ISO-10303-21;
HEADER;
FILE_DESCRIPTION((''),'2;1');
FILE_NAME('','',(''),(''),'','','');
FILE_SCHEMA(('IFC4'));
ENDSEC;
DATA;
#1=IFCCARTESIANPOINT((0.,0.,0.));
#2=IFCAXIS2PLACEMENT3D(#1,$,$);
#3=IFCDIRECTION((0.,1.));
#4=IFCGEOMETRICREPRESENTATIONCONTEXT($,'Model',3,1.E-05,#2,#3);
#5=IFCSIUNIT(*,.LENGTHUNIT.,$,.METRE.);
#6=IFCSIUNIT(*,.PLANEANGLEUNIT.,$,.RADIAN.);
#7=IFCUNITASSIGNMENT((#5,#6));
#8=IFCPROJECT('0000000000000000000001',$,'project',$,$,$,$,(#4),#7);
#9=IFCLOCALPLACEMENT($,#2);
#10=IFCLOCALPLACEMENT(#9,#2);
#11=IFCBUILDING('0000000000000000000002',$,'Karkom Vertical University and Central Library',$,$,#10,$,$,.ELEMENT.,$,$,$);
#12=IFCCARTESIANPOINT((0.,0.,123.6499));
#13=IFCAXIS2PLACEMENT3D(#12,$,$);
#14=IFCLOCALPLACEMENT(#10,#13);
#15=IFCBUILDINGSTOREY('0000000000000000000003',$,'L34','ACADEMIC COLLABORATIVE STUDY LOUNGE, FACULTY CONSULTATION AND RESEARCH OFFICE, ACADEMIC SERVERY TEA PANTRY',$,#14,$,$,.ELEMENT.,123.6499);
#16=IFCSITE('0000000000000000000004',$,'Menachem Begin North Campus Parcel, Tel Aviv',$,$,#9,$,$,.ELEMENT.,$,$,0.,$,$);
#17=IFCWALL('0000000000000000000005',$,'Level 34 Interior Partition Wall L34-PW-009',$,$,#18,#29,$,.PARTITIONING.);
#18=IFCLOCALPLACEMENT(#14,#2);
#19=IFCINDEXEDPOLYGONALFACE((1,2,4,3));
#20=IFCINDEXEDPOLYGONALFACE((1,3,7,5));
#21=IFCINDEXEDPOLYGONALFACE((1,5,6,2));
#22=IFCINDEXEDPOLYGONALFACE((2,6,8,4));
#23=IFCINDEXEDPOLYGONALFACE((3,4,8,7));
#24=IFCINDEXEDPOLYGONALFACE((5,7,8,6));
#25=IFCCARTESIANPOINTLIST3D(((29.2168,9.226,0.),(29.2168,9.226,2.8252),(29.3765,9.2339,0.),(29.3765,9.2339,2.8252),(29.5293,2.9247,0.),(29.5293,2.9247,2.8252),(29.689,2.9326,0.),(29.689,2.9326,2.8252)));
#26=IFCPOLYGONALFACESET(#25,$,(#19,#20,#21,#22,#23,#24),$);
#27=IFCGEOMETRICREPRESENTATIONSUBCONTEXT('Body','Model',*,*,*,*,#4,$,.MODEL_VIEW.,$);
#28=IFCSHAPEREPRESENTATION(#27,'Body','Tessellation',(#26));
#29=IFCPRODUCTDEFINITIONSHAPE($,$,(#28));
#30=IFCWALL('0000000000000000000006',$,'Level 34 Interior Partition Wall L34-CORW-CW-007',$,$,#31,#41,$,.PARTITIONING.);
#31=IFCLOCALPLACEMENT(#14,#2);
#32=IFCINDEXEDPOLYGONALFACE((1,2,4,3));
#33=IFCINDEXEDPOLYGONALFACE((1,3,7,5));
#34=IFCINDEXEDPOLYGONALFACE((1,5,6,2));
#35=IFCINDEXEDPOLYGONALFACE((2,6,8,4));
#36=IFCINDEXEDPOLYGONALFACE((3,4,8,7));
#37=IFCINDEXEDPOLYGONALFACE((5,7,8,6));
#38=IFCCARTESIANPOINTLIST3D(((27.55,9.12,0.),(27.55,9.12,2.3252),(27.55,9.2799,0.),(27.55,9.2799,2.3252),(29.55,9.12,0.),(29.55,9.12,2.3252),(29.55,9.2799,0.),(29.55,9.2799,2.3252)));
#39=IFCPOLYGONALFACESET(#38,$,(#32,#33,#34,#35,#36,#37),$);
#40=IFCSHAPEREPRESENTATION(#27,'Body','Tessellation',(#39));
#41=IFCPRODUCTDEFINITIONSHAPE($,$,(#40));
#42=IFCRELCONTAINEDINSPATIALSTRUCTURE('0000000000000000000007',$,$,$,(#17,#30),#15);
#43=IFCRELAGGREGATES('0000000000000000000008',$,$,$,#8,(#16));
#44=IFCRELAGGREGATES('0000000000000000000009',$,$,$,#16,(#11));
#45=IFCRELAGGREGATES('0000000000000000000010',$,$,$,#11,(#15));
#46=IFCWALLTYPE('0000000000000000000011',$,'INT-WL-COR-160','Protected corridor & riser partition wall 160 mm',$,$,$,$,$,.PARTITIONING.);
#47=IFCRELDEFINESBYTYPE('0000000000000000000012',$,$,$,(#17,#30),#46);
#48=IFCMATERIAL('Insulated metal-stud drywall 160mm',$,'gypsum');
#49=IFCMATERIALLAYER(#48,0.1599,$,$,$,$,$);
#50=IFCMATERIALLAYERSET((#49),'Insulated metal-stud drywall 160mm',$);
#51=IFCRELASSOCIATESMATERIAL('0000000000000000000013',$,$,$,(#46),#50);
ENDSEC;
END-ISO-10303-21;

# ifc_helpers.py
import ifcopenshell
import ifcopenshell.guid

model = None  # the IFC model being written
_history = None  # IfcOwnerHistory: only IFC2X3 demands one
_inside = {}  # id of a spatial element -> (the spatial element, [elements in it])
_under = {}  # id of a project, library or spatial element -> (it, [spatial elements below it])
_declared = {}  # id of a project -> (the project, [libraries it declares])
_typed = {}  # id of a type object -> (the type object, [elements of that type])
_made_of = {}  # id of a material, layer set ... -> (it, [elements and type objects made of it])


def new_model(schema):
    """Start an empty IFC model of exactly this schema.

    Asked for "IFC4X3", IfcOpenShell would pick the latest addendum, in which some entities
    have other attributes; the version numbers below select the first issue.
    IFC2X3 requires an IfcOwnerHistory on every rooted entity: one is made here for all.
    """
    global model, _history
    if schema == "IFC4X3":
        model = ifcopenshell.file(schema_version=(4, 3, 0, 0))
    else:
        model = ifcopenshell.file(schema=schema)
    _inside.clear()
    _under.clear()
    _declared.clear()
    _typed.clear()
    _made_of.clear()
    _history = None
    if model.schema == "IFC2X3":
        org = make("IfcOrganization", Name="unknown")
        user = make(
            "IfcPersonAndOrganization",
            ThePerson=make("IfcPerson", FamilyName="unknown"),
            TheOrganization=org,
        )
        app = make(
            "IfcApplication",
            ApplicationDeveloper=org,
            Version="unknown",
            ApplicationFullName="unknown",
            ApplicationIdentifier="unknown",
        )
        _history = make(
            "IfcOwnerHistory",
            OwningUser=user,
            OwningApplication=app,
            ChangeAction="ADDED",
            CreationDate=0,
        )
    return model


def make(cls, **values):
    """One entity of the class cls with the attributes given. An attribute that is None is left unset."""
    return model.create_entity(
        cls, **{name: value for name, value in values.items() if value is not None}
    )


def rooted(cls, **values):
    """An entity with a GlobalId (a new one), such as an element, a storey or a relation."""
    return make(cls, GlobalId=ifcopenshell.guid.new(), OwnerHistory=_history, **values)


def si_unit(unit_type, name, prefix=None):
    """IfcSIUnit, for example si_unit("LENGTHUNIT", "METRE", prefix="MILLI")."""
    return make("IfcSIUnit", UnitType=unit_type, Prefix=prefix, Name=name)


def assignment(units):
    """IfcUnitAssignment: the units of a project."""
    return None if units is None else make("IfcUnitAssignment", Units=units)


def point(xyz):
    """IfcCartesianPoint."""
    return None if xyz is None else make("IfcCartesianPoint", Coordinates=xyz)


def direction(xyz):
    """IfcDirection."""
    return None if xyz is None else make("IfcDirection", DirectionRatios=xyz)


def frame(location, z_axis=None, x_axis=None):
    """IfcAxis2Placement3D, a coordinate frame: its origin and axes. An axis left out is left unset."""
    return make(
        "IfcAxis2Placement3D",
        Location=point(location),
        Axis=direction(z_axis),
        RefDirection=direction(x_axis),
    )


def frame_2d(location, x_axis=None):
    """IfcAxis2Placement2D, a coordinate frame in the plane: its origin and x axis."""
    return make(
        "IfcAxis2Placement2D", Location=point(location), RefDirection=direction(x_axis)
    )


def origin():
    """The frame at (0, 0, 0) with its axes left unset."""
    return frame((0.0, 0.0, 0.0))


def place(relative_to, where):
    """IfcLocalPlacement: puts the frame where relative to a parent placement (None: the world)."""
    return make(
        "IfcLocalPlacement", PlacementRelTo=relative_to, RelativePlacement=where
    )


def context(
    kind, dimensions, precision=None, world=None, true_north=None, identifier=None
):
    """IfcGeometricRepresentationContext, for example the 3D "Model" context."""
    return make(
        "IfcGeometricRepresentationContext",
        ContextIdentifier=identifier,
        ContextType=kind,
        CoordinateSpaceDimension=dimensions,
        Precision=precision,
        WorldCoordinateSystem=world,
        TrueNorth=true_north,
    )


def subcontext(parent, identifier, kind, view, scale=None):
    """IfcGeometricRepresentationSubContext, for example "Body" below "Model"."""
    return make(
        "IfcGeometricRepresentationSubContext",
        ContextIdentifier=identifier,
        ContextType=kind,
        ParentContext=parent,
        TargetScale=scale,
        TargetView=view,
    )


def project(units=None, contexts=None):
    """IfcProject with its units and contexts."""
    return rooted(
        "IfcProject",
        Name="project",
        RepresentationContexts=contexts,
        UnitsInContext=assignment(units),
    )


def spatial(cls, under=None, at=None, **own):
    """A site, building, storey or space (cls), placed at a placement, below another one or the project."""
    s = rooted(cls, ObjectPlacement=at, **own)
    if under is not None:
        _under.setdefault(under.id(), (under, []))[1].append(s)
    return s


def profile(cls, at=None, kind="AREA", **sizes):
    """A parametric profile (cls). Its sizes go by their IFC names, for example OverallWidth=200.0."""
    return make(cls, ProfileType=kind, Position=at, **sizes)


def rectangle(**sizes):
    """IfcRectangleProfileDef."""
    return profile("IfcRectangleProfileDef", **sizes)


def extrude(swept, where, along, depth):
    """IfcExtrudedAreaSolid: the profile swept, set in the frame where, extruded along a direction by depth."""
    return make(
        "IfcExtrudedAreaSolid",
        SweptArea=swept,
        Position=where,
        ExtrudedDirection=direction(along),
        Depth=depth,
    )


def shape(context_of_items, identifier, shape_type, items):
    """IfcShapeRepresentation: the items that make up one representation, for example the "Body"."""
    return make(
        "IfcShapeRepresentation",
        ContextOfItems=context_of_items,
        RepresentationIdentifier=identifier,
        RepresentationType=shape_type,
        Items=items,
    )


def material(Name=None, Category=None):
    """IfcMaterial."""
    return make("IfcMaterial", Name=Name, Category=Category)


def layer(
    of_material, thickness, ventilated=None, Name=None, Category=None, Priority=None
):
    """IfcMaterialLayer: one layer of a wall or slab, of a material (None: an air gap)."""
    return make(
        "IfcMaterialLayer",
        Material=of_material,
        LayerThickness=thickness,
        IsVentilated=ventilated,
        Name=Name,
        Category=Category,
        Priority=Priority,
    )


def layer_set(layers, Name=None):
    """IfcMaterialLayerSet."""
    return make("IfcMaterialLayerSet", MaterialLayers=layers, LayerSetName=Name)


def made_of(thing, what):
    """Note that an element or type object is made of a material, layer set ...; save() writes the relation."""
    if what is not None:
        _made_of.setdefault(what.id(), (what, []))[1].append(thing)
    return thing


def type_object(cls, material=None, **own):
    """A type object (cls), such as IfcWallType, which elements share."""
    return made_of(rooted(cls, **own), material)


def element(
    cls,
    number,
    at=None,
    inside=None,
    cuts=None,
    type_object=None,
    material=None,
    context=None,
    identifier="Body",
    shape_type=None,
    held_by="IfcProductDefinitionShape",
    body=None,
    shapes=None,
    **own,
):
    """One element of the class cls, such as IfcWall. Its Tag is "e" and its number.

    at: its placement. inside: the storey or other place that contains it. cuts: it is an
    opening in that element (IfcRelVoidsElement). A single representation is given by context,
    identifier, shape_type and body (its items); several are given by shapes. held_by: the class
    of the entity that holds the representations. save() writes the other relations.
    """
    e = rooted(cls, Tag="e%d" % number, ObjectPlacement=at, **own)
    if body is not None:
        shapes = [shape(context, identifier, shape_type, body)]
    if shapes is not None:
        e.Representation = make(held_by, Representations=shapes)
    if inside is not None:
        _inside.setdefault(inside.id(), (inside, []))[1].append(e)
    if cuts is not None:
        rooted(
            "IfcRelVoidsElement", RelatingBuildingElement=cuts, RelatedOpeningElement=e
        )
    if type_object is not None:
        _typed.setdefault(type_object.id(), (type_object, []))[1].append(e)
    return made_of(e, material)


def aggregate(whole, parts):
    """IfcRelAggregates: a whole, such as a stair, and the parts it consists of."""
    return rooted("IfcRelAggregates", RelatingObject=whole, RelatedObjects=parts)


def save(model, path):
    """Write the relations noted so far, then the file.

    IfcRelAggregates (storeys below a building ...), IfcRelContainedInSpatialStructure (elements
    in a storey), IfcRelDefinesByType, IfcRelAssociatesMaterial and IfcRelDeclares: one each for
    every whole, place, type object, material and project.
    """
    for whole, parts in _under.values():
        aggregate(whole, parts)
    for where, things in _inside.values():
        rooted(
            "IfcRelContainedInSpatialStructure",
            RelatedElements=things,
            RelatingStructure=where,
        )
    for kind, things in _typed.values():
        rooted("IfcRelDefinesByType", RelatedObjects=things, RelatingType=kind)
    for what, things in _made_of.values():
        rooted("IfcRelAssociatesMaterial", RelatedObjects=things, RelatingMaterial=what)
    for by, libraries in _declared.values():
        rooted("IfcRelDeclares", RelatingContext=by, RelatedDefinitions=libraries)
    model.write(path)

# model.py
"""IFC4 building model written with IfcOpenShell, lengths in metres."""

from ifc_helpers import new_model, si_unit, direction, frame, frame_2d, origin, place, context, subcontext, project, spatial, rectangle, extrude, material, layer, layer_set, type_object, element, save


model = new_model("IFC4")

# Units and contexts
model_context = context("Model", 3, precision=1e-05, world=origin(), true_north=direction((0.0, 1.0)))
body_context = subcontext(model_context, "Body", "Model", "MODEL_VIEW")
ifc_project = project(units=[si_unit("LENGTHUNIT", "METRE"), si_unit("PLANEANGLEUNIT", "RADIAN")], contexts=[model_context])

# Site, building, storey
site_placement = place(None, origin())
site = spatial("IfcSite", under=ifc_project, at=site_placement, Name="Menachem Begin North Campus Parcel, Tel Aviv", CompositionType="ELEMENT", RefElevation=0.0)
building_placement = place(site_placement, origin())
building = spatial("IfcBuilding", under=site, at=building_placement, Name="Karkom Vertical University and Central Library", CompositionType="ELEMENT")
storey_placement = place(building_placement, frame((0.0, 0.0, 123.6499)))
storey = spatial("IfcBuildingStorey", under=building, at=storey_placement, Name="L34", Description="ACADEMIC COLLABORATIVE STUDY LOUNGE, FACULTY CONSULTATION AND RESEARCH OFFICE, ACADEMIC SERVERY TEA PANTRY", CompositionType="ELEMENT", Elevation=123.6499)

# Wall
ifc_material_1 = material(Name="Insulated metal-stud drywall 160mm", Category="gypsum")
ifc_layer_1 = layer(ifc_material_1, 0.1599)
ifc_layer_set_1 = layer_set([ifc_layer_1], Name="Insulated metal-stud drywall 160mm")
wall_type_1 = type_object("IfcWallType", Name="INT-WL-COR-160", Description="Protected corridor & riser partition wall 160 mm", PredefinedType="PARTITIONING", material=ifc_layer_set_1)
wall_1_placement = place(storey_placement, frame((29.2966, 9.23, 0.0), z_axis=(0.0, 0.0, 1.0), x_axis=(0.049532, -0.998773, 0.0)))
element("IfcWall", 1, at=wall_1_placement, inside=storey, type_object=wall_type_1, Name="Level 34 Interior Partition Wall L34-PW-009", PredefinedType="PARTITIONING", context=body_context, shape_type="SweptSolid", body=[
    extrude(rectangle(XDim=6.3091, YDim=0.1599, at=frame_2d((3.1545, 0.0))), origin(), (0.0, 0.0, 1.0), 2.8252),
])

# Wall
wall_2_placement = place(storey_placement, frame((29.55, 9.2, 0.0), z_axis=(0.0, 0.0, 1.0), x_axis=(-1.0, 0.0, 0.0)))
element("IfcWall", 2, at=wall_2_placement, inside=storey, type_object=wall_type_1, Name="Level 34 Interior Partition Wall L34-CORW-CW-007", PredefinedType="PARTITIONING", context=body_context, shape_type="SweptSolid", body=[
    extrude(rectangle(XDim=2.0, YDim=0.1599, at=frame_2d((1.0, 0.0))), origin(), (0.0, 0.0, 1.0), 2.3252),
])

save(model, "model.ifc")
